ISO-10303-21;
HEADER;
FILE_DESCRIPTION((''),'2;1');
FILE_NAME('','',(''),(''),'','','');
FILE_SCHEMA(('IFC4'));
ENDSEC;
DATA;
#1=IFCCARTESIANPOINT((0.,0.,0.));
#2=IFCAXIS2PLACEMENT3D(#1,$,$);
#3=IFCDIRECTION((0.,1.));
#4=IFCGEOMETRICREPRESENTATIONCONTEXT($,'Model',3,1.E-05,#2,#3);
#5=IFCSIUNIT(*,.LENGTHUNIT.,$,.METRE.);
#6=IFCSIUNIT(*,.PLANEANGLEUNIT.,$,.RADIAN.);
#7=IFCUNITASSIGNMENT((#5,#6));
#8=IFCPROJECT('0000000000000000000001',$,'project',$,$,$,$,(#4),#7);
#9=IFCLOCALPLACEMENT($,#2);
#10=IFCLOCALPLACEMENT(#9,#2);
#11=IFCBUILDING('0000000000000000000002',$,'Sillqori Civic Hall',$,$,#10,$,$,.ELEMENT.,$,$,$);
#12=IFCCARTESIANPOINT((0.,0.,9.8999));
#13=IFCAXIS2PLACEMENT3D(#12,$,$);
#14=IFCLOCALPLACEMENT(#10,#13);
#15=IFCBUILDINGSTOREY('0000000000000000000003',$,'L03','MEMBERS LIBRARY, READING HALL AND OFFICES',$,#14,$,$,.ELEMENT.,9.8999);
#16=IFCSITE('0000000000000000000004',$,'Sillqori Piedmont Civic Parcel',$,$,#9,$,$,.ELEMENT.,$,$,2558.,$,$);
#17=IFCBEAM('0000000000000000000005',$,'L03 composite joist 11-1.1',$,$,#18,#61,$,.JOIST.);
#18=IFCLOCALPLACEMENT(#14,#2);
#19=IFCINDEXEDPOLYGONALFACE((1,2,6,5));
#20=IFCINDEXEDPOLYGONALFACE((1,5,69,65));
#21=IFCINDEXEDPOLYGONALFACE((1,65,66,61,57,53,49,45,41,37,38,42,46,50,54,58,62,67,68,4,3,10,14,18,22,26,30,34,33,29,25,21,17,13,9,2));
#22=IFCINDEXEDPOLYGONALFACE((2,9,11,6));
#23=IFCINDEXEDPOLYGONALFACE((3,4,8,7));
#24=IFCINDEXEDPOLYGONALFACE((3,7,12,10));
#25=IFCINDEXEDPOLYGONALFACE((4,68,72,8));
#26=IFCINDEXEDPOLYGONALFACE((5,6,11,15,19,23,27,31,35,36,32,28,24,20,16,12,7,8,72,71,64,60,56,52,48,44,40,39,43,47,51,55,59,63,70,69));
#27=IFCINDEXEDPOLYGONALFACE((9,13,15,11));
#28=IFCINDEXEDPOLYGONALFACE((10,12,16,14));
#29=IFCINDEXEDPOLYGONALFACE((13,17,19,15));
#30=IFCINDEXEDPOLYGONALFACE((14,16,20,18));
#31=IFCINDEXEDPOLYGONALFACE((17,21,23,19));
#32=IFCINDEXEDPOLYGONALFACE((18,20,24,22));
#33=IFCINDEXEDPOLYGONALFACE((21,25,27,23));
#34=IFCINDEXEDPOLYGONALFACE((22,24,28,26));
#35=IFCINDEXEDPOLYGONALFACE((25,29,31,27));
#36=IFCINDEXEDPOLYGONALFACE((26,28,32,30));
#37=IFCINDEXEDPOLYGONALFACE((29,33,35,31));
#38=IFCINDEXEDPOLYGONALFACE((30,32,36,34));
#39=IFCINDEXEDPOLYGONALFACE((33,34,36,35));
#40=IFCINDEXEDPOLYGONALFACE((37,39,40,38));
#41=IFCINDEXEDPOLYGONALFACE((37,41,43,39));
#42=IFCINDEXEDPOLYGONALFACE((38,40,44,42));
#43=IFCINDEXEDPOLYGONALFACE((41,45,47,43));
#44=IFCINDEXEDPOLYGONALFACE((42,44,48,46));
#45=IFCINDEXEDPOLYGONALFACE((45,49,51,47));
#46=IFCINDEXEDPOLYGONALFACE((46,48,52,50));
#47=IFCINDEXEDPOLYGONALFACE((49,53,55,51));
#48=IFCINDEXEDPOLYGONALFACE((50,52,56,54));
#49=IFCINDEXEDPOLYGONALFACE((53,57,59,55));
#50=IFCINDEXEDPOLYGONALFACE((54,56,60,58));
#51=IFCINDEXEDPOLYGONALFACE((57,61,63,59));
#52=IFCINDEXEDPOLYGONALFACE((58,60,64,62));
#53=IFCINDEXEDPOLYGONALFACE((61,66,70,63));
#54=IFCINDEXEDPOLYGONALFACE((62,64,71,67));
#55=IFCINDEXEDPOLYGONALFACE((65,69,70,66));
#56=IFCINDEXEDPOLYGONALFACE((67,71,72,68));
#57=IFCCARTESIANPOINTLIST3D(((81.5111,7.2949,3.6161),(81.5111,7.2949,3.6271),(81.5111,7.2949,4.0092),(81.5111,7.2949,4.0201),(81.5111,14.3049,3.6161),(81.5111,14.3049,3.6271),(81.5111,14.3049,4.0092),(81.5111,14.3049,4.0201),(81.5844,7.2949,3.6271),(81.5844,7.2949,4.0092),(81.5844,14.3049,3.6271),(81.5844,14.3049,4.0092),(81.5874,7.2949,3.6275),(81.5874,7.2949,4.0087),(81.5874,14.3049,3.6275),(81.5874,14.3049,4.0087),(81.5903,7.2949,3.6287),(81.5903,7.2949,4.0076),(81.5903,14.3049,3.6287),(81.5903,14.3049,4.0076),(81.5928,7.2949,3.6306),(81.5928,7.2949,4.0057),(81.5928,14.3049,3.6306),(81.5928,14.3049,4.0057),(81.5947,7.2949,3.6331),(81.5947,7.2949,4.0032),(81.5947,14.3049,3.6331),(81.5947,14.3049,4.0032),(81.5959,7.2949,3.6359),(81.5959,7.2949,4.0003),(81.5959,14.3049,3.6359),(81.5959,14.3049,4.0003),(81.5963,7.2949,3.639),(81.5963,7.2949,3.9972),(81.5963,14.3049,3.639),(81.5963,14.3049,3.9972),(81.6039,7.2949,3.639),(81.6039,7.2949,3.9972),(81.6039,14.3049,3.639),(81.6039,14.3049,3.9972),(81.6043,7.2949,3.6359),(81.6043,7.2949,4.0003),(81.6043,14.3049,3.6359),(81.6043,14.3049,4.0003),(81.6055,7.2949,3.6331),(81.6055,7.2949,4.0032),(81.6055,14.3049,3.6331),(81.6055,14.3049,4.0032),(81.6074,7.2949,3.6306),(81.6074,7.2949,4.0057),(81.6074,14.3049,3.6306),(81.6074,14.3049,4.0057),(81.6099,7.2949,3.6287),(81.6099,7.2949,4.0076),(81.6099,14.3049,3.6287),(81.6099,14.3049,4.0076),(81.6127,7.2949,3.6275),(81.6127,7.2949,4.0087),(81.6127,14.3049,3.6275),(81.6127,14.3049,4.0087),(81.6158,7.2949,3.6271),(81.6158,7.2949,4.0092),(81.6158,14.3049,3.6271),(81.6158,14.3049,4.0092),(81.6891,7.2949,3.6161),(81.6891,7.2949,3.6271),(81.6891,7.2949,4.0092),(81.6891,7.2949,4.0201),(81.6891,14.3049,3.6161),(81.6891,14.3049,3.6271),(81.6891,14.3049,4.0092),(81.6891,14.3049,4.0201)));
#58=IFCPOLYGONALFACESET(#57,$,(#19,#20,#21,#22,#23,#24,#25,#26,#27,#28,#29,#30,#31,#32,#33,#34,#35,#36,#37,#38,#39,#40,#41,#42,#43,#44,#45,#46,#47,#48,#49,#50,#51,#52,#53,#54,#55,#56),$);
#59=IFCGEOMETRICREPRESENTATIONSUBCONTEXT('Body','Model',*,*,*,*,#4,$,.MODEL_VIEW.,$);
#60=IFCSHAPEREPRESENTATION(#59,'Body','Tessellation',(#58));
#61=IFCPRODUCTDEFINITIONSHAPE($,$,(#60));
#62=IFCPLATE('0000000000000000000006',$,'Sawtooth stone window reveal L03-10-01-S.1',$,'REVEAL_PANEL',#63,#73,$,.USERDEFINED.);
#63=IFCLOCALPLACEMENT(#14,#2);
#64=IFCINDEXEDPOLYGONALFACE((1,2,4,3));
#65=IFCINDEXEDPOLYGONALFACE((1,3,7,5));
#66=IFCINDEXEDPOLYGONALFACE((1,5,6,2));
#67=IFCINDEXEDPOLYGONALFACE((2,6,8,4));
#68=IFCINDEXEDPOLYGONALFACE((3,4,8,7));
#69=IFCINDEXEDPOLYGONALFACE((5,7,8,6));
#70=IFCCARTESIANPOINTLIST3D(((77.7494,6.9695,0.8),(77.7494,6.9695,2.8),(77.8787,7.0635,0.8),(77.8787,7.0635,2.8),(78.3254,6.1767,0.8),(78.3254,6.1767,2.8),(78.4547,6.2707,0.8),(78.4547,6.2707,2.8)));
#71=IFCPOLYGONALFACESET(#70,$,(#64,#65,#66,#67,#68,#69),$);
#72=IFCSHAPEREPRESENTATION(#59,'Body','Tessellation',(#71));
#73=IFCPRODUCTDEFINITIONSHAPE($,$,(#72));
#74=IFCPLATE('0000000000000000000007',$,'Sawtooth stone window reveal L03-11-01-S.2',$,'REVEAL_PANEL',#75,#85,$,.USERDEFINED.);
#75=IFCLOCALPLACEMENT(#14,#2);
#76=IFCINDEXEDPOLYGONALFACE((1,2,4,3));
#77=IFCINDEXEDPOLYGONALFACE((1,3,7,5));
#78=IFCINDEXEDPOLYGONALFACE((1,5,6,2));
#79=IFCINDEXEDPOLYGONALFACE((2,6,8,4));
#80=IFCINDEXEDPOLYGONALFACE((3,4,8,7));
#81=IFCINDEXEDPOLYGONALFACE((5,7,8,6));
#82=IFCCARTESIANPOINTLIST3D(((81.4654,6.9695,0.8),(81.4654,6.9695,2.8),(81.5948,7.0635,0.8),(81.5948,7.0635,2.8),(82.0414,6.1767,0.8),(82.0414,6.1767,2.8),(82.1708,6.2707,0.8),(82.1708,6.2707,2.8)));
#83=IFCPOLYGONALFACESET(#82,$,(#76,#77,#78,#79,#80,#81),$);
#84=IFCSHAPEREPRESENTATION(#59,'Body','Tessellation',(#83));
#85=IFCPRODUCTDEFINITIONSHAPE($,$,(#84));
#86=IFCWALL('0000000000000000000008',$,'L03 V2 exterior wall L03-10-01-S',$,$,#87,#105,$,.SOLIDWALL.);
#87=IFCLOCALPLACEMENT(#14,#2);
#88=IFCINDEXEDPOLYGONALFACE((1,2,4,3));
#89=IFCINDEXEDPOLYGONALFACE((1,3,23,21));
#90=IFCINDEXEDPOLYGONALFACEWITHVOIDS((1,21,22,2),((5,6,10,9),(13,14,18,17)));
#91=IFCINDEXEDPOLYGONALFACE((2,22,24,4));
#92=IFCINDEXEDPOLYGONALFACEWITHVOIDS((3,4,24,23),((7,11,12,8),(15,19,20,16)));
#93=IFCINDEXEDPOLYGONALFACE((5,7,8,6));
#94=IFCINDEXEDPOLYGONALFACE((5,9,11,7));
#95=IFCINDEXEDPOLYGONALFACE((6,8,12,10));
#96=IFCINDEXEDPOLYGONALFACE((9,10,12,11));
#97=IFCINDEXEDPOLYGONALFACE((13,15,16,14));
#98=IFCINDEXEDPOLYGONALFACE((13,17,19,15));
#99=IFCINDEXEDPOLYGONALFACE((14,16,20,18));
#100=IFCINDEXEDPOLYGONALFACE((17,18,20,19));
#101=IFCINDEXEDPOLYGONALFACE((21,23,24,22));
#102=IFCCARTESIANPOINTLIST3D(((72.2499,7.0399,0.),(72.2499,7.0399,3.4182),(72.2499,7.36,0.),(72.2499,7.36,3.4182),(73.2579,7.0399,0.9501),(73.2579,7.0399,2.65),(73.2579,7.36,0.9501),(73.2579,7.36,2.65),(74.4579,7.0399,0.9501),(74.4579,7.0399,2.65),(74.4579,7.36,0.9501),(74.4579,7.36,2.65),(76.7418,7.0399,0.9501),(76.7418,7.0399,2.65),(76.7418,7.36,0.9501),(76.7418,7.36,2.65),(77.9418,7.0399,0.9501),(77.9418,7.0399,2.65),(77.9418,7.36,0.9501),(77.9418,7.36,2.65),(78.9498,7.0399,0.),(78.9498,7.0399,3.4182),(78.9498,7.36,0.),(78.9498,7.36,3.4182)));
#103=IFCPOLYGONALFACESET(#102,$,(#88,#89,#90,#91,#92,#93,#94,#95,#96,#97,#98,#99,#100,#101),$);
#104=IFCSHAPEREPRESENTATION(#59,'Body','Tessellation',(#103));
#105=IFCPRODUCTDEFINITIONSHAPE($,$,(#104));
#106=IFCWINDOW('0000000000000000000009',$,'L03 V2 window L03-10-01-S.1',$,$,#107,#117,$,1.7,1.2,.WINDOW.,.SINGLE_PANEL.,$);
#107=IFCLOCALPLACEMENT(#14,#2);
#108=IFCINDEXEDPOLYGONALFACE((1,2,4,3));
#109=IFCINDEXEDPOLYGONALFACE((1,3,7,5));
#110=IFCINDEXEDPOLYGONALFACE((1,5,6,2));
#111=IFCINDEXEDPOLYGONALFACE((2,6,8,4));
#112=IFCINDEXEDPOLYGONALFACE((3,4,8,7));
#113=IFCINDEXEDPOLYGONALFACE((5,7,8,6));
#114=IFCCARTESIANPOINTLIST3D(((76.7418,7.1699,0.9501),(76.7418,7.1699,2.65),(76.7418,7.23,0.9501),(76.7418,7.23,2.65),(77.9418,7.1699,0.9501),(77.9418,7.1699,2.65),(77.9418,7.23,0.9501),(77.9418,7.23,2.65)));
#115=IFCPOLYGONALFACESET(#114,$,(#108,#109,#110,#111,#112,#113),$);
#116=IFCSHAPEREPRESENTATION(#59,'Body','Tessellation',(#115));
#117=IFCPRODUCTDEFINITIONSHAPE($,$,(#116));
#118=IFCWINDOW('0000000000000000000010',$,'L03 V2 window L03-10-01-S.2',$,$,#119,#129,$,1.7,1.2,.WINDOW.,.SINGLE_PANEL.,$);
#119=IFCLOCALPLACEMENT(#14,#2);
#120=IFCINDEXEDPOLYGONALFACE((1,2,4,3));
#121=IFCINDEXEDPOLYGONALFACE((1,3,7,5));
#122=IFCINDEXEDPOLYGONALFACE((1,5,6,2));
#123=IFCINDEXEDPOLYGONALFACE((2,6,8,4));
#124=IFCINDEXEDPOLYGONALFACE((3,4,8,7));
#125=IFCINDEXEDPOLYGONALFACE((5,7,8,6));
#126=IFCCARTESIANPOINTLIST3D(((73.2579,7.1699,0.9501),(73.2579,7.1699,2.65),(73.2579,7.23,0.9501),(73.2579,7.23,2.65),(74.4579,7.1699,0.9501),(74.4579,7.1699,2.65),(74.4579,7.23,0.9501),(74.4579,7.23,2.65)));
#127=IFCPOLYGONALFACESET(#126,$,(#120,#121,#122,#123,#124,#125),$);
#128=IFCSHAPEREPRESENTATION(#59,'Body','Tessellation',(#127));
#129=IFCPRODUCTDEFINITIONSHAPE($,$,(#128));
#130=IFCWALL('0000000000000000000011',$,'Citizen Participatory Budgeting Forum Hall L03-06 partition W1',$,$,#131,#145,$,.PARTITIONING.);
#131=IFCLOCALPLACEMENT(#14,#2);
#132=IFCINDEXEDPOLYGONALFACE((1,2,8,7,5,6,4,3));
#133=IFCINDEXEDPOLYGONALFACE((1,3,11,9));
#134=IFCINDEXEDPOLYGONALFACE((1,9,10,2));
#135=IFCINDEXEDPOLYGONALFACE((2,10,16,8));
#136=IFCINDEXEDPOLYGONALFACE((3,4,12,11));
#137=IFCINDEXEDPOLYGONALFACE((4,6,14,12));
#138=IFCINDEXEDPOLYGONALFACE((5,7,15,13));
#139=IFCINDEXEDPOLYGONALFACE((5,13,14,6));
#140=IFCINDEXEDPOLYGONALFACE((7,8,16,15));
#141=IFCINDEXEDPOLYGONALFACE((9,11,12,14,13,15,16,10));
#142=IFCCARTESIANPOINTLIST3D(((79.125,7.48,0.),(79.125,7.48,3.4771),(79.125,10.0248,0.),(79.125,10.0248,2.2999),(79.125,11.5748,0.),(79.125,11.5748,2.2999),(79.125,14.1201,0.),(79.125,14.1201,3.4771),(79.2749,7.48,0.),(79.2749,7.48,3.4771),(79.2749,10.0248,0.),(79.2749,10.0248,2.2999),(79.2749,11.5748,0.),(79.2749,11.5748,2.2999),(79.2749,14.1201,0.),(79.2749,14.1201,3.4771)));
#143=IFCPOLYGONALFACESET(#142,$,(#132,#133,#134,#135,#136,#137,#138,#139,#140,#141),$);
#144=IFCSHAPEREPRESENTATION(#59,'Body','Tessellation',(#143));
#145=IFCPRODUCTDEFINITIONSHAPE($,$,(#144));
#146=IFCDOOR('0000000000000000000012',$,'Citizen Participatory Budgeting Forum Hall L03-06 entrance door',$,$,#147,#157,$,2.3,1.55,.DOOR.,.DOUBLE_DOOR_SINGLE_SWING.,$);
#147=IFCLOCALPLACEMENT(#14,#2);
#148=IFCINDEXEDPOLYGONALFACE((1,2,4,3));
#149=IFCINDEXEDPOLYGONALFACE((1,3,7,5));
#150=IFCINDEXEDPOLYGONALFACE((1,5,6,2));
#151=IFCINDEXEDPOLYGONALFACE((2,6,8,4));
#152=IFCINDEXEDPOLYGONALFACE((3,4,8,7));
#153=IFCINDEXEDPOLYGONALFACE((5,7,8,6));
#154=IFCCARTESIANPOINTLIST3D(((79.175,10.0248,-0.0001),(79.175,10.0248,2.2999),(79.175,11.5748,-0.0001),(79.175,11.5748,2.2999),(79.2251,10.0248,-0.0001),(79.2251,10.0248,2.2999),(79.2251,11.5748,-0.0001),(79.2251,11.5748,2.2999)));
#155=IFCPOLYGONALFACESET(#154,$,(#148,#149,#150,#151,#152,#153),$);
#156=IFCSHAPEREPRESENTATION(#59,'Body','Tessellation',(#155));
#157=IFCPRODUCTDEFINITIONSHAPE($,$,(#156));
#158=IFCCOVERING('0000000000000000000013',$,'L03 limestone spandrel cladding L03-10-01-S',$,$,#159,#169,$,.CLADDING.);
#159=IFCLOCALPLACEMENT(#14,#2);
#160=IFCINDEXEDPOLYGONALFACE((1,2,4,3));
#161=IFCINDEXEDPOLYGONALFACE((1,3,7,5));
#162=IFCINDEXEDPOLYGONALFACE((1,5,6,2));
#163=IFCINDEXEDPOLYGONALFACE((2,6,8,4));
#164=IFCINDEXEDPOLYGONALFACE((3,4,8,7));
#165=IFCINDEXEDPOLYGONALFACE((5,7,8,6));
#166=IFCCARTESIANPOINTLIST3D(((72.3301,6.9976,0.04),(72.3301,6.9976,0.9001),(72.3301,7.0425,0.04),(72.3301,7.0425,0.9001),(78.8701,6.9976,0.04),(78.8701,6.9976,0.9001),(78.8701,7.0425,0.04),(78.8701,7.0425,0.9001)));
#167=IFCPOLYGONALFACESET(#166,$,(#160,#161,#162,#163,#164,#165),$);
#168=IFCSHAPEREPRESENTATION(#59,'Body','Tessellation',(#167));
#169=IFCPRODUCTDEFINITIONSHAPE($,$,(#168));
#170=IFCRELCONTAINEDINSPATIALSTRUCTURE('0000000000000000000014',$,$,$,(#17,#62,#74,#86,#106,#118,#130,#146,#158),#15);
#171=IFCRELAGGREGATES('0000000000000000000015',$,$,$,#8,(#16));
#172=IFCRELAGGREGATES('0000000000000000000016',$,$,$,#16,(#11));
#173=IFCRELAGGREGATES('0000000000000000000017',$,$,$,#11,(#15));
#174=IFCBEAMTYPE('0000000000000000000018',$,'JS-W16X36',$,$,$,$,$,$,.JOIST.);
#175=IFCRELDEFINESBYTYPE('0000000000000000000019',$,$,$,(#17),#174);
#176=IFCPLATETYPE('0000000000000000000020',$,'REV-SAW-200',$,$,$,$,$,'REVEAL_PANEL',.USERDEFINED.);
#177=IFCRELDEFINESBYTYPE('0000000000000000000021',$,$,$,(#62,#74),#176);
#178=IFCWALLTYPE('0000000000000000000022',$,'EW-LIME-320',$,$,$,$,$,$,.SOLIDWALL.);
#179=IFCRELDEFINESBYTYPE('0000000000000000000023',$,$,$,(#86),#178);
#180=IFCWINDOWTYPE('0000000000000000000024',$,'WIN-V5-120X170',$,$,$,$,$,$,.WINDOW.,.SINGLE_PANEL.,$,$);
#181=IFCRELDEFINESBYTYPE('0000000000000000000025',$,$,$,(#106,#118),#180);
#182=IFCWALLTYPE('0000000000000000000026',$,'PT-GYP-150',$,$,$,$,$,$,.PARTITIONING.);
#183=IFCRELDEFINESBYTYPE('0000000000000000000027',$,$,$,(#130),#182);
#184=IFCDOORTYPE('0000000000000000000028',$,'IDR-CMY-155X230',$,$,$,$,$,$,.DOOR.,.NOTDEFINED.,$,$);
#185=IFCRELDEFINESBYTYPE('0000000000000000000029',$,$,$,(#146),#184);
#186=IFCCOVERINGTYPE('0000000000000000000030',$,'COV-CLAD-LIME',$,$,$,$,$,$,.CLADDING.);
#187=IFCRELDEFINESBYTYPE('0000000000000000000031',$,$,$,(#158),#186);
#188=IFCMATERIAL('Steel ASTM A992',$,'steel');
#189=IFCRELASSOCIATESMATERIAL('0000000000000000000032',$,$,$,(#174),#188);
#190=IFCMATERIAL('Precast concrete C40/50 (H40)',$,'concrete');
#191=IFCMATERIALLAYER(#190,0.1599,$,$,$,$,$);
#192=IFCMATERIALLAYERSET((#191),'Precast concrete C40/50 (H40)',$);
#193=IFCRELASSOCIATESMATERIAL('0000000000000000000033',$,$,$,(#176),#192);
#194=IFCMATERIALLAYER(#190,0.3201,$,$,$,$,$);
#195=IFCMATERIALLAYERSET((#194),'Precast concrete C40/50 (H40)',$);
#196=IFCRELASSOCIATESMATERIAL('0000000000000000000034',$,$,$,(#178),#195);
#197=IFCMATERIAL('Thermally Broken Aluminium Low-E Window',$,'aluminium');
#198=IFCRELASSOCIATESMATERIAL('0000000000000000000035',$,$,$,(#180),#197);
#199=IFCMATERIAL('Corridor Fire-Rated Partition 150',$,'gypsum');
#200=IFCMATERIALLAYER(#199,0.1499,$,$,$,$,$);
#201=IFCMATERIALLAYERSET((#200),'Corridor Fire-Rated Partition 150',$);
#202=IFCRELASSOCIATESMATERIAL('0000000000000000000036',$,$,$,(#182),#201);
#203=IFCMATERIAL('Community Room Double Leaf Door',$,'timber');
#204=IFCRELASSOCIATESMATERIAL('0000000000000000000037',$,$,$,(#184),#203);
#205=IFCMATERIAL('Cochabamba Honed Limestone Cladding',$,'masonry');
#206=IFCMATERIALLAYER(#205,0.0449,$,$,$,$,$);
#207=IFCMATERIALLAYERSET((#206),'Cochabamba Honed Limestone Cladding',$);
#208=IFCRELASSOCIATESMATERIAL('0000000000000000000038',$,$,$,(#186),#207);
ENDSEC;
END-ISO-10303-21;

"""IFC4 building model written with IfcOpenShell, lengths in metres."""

from ifc_helpers import new_model, si_unit, direction, frame, frame_2d, origin, origin_2d, place, context, subcontext, project, spatial, rectangle, i_section, extrude, material, layer, layer_set, material_profile, profile_set, type_object, element, fill, save


model = new_model("IFC4")

# Units and contexts
model_context = context("Model", 3, precision=1e-05, world=origin(), true_north=direction((0.0, 1.0)))
body_context = subcontext(model_context, "Body", "Model", "MODEL_VIEW")
ifc_project = project(units=[si_unit("LENGTHUNIT", "METRE"), si_unit("PLANEANGLEUNIT", "RADIAN")], contexts=[model_context])

# Site, building, storey
site_placement = place(None, origin())
site = spatial("IfcSite", under=ifc_project, at=site_placement, Name="Sillqori Piedmont Civic Parcel", CompositionType="ELEMENT", RefElevation=2558.0)
building_placement = place(site_placement, origin())
building = spatial("IfcBuilding", under=site, at=building_placement, Name="Sillqori Civic Hall", CompositionType="ELEMENT")
storey_placement = place(building_placement, frame((0.0, 0.0, 9.8999)))
storey = spatial("IfcBuildingStorey", under=building, at=storey_placement, Name="L03", Description="MEMBERS LIBRARY, READING HALL AND OFFICES", CompositionType="ELEMENT", Elevation=9.8999)

# Beam
ifc_material_1 = material(Name="Steel ASTM A992", Category="steel")
ifc_material_profile_1 = material_profile(ifc_material_1, i_section(OverallWidth=0.178, OverallDepth=0.4041, WebThickness=0.0076, FlangeThickness=0.011, FilletRadius=0.012, at=origin_2d()), Name="W16X36")
ifc_profile_set_1 = profile_set([ifc_material_profile_1], Name="Steel ASTM A992")
beam_type_1 = type_object("IfcBeamType", Name="JS-W16X36", PredefinedType="JOIST", material=ifc_profile_set_1)
for number, where, z_axis, x_axis, name in (
    (1, (81.6001, 7.2949, 3.8181), (0.0, 1.0, 0.0), (-1.0, 0.0, 0.0), "L03 composite joist 11-1.1"),
):
    element("IfcBeam", number, at=place(storey_placement, frame(where, z_axis=z_axis, x_axis=x_axis)), inside=storey, type_object=beam_type_1, Name=name, PredefinedType="JOIST", context=body_context, shape_type="SweptSolid", body=[
        extrude(i_section(OverallWidth=0.178, OverallDepth=0.4041, WebThickness=0.0076, FlangeThickness=0.011, FilletRadius=0.012, at=origin_2d()), origin(), (0.0, 0.0, 1.0), 7.01),
    ])

# Plates
ifc_material_2 = material(Name="Precast concrete C40/50 (H40)", Category="concrete")
ifc_layer_1 = layer(ifc_material_2, 0.1599)
ifc_layer_set_1 = layer_set([ifc_layer_1], Name="Precast concrete C40/50 (H40)")
plate_type = type_object("IfcPlateType", Name="REV-SAW-200", ElementType="REVEAL_PANEL", PredefinedType="USERDEFINED", material=ifc_layer_set_1)
for number, where, z_axis, x_axis, name in (
    (2, (78.1021, 6.6201, 0.8), (0.0, 0.0, 1.0), (-0.809017, -0.587785, 0.0), "Sawtooth stone window reveal L03-10-01-S.1"),
    (3, (81.8181, 6.6201, 0.8), (0.0, 0.0, 1.0), (-0.809017, -0.587785, 0.0), "Sawtooth stone window reveal L03-11-01-S.2"),
):
    element("IfcPlate", number, at=place(storey_placement, frame(where, z_axis=z_axis, x_axis=x_axis)), inside=storey, type_object=plate_type, Name=name, ObjectType="REVEAL_PANEL", PredefinedType="USERDEFINED", context=body_context, shape_type="SweptSolid", body=[
        extrude(rectangle(XDim=0.1599, YDim=0.98, at=origin_2d()), origin(), (0.0, 0.0, 1.0), 2.0),
    ])

# Wall, openings, windows
ifc_layer_2 = layer(ifc_material_2, 0.3201)
ifc_layer_set_2 = layer_set([ifc_layer_2], Name="Precast concrete C40/50 (H40)")
wall_type_1 = type_object("IfcWallType", Name="EW-LIME-320", PredefinedType="SOLIDWALL", material=ifc_layer_set_2)
wall_1_placement = place(storey_placement, frame((78.95, 7.2, 0.0), z_axis=(0.0, 0.0, 1.0), x_axis=(-1.0, 0.0, 0.0)))
wall_1 = element("IfcWall", 4, at=wall_1_placement, inside=storey, type_object=wall_type_1, Name="L03 V2 exterior wall L03-10-01-S", PredefinedType="SOLIDWALL", context=body_context, shape_type="SweptSolid", body=[
    extrude(rectangle(XDim=6.7, YDim=0.3201, at=frame_2d((3.3501, 0.0))), origin(), (0.0, 0.0, 1.0), 3.4182),
])
opening_1_placement = place(wall_1_placement, frame((1.0081, 0.0, 0.95)))
opening_1 = element("IfcOpeningElement", 5, at=opening_1_placement, cuts=wall_1, PredefinedType="OPENING", context=body_context, shape_type="SweptSolid", body=[
    extrude(rectangle(XDim=1.2, YDim=1.7, at=frame_2d((0.6001, 0.8501))), frame((0.0, 0.1699, 0.0), z_axis=(0.0, -1.0, 0.0), x_axis=(1.0, 0.0, 0.0)), (0.0, 0.0, 1.0), 0.3401),
])
opening_2_placement = place(wall_1_placement, frame((4.4919, 0.0, 0.95)))
opening_2 = element("IfcOpeningElement", 6, at=opening_2_placement, cuts=wall_1, PredefinedType="OPENING", context=body_context, shape_type="SweptSolid", body=[
    extrude(rectangle(XDim=1.2, YDim=1.7, at=frame_2d((0.6001, 0.8501))), frame((0.0, 0.1699, 0.0), z_axis=(0.0, -1.0, 0.0), x_axis=(1.0, 0.0, 0.0)), (0.0, 0.0, 1.0), 0.3401),
])
ifc_material_3 = material(Name="Thermally Broken Aluminium Low-E Window", Category="aluminium")
window_type = type_object("IfcWindowType", Name="WIN-V5-120X170", PartitioningType="SINGLE_PANEL", PredefinedType="WINDOW", material=ifc_material_3)
window_1_placement = place(opening_1_placement, origin())
window_1 = element("IfcWindow", 7, at=window_1_placement, inside=storey, type_object=window_type, Name="L03 V2 window L03-10-01-S.1", OverallHeight=1.7, OverallWidth=1.2, PartitioningType="SINGLE_PANEL", PredefinedType="WINDOW", context=body_context, shape_type="SweptSolid", body=[
    extrude(rectangle(XDim=1.2, YDim=1.7, at=frame_2d((0.6001, 0.8501))), frame((0.0, 0.03, 0.0), z_axis=(0.0, -1.0, 0.0), x_axis=(1.0, 0.0, 0.0)), (0.0, 0.0, 1.0), 0.0601),
])
fill(opening_1, window_1)
window_2_placement = place(opening_2_placement, origin())
window_2 = element("IfcWindow", 8, at=window_2_placement, inside=storey, type_object=window_type, Name="L03 V2 window L03-10-01-S.2", OverallHeight=1.7, OverallWidth=1.2, PartitioningType="SINGLE_PANEL", PredefinedType="WINDOW", context=body_context, shape_type="SweptSolid", body=[
    extrude(rectangle(XDim=1.2, YDim=1.7, at=frame_2d((0.6001, 0.8501))), frame((0.0, 0.03, 0.0), z_axis=(0.0, -1.0, 0.0), x_axis=(1.0, 0.0, 0.0)), (0.0, 0.0, 1.0), 0.0601),
])
fill(opening_2, window_2)

# Wall, opening, door
ifc_material_4 = material(Name="Corridor Fire-Rated Partition 150", Category="gypsum")
ifc_layer_3 = layer(ifc_material_4, 0.1499)
ifc_layer_set_3 = layer_set([ifc_layer_3], Name="Corridor Fire-Rated Partition 150")
wall_type_2 = type_object("IfcWallType", Name="PT-GYP-150", PredefinedType="PARTITIONING", material=ifc_layer_set_3)
wall_2_placement = place(storey_placement, frame((79.2, 7.48, 0.0), z_axis=(0.0, 0.0, 1.0), x_axis=(0.0, 1.0, 0.0)))
wall_2 = element("IfcWall", 9, at=wall_2_placement, inside=storey, type_object=wall_type_2, Name="Citizen Participatory Budgeting Forum Hall L03-06 partition W1", PredefinedType="PARTITIONING", context=body_context, shape_type="SweptSolid", body=[
    extrude(rectangle(XDim=6.6401, YDim=0.1499, at=frame_2d((3.3201, 0.0))), origin(), (0.0, 0.0, 1.0), 3.4771),
])
opening_3_placement = place(wall_2_placement, frame((2.5449, 0.0, 0.0)))
opening_3 = element("IfcOpeningElement", 10, at=opening_3_placement, cuts=wall_2, PredefinedType="OPENING", context=body_context, shape_type="SweptSolid", body=[
    extrude(rectangle(XDim=1.55, YDim=2.3, at=frame_2d((0.7749, 1.1499))), frame((0.0, 0.085, 0.0), z_axis=(0.0, -1.0, 0.0), x_axis=(1.0, 0.0, 0.0)), (0.0, 0.0, 1.0), 0.1699),
])
ifc_material_5 = material(Name="Community Room Double Leaf Door", Category="timber")
door_type = type_object("IfcDoorType", Name="IDR-CMY-155X230", OperationType="NOTDEFINED", PredefinedType="DOOR", material=ifc_material_5)
door_placement = place(opening_3_placement, origin())
door = element("IfcDoor", 11, at=door_placement, inside=storey, type_object=door_type, Name="Citizen Participatory Budgeting Forum Hall L03-06 entrance door", OperationType="DOUBLE_DOOR_SINGLE_SWING", OverallHeight=2.3, OverallWidth=1.55, PredefinedType="DOOR", context=body_context, shape_type="SweptSolid", body=[
    extrude(rectangle(XDim=1.55, YDim=2.3, at=frame_2d((0.7749, 1.1499))), frame((0.0, 0.0249, 0.0), z_axis=(0.0, -1.0, 0.0), x_axis=(1.0, 0.0, 0.0)), (0.0, 0.0, 1.0), 0.05),
])
fill(opening_3, door)

# Covering
ifc_material_6 = material(Name="Cochabamba Honed Limestone Cladding", Category="masonry")
ifc_layer_4 = layer(ifc_material_6, 0.0449)
ifc_layer_set_4 = layer_set([ifc_layer_4], Name="Cochabamba Honed Limestone Cladding")
covering_type = type_object("IfcCoveringType", Name="COV-CLAD-LIME", PredefinedType="CLADDING", material=ifc_layer_set_4)
covering_1_placement = place(storey_placement, frame((78.8701, 7.02, 0.04), z_axis=(0.0, 0.0, 1.0), x_axis=(-1.0, 0.0, 0.0)))
element("IfcCovering", 12, at=covering_1_placement, inside=storey, type_object=covering_type, Name="L03 limestone spandrel cladding L03-10-01-S", PredefinedType="CLADDING", context=body_context, shape_type="SweptSolid", body=[
    extrude(rectangle(XDim=6.54, YDim=0.0449, at=frame_2d((3.27, 0.0))), origin(), (0.0, 0.0, 1.0), 0.8601),
])

save(model, "model.ifc")
